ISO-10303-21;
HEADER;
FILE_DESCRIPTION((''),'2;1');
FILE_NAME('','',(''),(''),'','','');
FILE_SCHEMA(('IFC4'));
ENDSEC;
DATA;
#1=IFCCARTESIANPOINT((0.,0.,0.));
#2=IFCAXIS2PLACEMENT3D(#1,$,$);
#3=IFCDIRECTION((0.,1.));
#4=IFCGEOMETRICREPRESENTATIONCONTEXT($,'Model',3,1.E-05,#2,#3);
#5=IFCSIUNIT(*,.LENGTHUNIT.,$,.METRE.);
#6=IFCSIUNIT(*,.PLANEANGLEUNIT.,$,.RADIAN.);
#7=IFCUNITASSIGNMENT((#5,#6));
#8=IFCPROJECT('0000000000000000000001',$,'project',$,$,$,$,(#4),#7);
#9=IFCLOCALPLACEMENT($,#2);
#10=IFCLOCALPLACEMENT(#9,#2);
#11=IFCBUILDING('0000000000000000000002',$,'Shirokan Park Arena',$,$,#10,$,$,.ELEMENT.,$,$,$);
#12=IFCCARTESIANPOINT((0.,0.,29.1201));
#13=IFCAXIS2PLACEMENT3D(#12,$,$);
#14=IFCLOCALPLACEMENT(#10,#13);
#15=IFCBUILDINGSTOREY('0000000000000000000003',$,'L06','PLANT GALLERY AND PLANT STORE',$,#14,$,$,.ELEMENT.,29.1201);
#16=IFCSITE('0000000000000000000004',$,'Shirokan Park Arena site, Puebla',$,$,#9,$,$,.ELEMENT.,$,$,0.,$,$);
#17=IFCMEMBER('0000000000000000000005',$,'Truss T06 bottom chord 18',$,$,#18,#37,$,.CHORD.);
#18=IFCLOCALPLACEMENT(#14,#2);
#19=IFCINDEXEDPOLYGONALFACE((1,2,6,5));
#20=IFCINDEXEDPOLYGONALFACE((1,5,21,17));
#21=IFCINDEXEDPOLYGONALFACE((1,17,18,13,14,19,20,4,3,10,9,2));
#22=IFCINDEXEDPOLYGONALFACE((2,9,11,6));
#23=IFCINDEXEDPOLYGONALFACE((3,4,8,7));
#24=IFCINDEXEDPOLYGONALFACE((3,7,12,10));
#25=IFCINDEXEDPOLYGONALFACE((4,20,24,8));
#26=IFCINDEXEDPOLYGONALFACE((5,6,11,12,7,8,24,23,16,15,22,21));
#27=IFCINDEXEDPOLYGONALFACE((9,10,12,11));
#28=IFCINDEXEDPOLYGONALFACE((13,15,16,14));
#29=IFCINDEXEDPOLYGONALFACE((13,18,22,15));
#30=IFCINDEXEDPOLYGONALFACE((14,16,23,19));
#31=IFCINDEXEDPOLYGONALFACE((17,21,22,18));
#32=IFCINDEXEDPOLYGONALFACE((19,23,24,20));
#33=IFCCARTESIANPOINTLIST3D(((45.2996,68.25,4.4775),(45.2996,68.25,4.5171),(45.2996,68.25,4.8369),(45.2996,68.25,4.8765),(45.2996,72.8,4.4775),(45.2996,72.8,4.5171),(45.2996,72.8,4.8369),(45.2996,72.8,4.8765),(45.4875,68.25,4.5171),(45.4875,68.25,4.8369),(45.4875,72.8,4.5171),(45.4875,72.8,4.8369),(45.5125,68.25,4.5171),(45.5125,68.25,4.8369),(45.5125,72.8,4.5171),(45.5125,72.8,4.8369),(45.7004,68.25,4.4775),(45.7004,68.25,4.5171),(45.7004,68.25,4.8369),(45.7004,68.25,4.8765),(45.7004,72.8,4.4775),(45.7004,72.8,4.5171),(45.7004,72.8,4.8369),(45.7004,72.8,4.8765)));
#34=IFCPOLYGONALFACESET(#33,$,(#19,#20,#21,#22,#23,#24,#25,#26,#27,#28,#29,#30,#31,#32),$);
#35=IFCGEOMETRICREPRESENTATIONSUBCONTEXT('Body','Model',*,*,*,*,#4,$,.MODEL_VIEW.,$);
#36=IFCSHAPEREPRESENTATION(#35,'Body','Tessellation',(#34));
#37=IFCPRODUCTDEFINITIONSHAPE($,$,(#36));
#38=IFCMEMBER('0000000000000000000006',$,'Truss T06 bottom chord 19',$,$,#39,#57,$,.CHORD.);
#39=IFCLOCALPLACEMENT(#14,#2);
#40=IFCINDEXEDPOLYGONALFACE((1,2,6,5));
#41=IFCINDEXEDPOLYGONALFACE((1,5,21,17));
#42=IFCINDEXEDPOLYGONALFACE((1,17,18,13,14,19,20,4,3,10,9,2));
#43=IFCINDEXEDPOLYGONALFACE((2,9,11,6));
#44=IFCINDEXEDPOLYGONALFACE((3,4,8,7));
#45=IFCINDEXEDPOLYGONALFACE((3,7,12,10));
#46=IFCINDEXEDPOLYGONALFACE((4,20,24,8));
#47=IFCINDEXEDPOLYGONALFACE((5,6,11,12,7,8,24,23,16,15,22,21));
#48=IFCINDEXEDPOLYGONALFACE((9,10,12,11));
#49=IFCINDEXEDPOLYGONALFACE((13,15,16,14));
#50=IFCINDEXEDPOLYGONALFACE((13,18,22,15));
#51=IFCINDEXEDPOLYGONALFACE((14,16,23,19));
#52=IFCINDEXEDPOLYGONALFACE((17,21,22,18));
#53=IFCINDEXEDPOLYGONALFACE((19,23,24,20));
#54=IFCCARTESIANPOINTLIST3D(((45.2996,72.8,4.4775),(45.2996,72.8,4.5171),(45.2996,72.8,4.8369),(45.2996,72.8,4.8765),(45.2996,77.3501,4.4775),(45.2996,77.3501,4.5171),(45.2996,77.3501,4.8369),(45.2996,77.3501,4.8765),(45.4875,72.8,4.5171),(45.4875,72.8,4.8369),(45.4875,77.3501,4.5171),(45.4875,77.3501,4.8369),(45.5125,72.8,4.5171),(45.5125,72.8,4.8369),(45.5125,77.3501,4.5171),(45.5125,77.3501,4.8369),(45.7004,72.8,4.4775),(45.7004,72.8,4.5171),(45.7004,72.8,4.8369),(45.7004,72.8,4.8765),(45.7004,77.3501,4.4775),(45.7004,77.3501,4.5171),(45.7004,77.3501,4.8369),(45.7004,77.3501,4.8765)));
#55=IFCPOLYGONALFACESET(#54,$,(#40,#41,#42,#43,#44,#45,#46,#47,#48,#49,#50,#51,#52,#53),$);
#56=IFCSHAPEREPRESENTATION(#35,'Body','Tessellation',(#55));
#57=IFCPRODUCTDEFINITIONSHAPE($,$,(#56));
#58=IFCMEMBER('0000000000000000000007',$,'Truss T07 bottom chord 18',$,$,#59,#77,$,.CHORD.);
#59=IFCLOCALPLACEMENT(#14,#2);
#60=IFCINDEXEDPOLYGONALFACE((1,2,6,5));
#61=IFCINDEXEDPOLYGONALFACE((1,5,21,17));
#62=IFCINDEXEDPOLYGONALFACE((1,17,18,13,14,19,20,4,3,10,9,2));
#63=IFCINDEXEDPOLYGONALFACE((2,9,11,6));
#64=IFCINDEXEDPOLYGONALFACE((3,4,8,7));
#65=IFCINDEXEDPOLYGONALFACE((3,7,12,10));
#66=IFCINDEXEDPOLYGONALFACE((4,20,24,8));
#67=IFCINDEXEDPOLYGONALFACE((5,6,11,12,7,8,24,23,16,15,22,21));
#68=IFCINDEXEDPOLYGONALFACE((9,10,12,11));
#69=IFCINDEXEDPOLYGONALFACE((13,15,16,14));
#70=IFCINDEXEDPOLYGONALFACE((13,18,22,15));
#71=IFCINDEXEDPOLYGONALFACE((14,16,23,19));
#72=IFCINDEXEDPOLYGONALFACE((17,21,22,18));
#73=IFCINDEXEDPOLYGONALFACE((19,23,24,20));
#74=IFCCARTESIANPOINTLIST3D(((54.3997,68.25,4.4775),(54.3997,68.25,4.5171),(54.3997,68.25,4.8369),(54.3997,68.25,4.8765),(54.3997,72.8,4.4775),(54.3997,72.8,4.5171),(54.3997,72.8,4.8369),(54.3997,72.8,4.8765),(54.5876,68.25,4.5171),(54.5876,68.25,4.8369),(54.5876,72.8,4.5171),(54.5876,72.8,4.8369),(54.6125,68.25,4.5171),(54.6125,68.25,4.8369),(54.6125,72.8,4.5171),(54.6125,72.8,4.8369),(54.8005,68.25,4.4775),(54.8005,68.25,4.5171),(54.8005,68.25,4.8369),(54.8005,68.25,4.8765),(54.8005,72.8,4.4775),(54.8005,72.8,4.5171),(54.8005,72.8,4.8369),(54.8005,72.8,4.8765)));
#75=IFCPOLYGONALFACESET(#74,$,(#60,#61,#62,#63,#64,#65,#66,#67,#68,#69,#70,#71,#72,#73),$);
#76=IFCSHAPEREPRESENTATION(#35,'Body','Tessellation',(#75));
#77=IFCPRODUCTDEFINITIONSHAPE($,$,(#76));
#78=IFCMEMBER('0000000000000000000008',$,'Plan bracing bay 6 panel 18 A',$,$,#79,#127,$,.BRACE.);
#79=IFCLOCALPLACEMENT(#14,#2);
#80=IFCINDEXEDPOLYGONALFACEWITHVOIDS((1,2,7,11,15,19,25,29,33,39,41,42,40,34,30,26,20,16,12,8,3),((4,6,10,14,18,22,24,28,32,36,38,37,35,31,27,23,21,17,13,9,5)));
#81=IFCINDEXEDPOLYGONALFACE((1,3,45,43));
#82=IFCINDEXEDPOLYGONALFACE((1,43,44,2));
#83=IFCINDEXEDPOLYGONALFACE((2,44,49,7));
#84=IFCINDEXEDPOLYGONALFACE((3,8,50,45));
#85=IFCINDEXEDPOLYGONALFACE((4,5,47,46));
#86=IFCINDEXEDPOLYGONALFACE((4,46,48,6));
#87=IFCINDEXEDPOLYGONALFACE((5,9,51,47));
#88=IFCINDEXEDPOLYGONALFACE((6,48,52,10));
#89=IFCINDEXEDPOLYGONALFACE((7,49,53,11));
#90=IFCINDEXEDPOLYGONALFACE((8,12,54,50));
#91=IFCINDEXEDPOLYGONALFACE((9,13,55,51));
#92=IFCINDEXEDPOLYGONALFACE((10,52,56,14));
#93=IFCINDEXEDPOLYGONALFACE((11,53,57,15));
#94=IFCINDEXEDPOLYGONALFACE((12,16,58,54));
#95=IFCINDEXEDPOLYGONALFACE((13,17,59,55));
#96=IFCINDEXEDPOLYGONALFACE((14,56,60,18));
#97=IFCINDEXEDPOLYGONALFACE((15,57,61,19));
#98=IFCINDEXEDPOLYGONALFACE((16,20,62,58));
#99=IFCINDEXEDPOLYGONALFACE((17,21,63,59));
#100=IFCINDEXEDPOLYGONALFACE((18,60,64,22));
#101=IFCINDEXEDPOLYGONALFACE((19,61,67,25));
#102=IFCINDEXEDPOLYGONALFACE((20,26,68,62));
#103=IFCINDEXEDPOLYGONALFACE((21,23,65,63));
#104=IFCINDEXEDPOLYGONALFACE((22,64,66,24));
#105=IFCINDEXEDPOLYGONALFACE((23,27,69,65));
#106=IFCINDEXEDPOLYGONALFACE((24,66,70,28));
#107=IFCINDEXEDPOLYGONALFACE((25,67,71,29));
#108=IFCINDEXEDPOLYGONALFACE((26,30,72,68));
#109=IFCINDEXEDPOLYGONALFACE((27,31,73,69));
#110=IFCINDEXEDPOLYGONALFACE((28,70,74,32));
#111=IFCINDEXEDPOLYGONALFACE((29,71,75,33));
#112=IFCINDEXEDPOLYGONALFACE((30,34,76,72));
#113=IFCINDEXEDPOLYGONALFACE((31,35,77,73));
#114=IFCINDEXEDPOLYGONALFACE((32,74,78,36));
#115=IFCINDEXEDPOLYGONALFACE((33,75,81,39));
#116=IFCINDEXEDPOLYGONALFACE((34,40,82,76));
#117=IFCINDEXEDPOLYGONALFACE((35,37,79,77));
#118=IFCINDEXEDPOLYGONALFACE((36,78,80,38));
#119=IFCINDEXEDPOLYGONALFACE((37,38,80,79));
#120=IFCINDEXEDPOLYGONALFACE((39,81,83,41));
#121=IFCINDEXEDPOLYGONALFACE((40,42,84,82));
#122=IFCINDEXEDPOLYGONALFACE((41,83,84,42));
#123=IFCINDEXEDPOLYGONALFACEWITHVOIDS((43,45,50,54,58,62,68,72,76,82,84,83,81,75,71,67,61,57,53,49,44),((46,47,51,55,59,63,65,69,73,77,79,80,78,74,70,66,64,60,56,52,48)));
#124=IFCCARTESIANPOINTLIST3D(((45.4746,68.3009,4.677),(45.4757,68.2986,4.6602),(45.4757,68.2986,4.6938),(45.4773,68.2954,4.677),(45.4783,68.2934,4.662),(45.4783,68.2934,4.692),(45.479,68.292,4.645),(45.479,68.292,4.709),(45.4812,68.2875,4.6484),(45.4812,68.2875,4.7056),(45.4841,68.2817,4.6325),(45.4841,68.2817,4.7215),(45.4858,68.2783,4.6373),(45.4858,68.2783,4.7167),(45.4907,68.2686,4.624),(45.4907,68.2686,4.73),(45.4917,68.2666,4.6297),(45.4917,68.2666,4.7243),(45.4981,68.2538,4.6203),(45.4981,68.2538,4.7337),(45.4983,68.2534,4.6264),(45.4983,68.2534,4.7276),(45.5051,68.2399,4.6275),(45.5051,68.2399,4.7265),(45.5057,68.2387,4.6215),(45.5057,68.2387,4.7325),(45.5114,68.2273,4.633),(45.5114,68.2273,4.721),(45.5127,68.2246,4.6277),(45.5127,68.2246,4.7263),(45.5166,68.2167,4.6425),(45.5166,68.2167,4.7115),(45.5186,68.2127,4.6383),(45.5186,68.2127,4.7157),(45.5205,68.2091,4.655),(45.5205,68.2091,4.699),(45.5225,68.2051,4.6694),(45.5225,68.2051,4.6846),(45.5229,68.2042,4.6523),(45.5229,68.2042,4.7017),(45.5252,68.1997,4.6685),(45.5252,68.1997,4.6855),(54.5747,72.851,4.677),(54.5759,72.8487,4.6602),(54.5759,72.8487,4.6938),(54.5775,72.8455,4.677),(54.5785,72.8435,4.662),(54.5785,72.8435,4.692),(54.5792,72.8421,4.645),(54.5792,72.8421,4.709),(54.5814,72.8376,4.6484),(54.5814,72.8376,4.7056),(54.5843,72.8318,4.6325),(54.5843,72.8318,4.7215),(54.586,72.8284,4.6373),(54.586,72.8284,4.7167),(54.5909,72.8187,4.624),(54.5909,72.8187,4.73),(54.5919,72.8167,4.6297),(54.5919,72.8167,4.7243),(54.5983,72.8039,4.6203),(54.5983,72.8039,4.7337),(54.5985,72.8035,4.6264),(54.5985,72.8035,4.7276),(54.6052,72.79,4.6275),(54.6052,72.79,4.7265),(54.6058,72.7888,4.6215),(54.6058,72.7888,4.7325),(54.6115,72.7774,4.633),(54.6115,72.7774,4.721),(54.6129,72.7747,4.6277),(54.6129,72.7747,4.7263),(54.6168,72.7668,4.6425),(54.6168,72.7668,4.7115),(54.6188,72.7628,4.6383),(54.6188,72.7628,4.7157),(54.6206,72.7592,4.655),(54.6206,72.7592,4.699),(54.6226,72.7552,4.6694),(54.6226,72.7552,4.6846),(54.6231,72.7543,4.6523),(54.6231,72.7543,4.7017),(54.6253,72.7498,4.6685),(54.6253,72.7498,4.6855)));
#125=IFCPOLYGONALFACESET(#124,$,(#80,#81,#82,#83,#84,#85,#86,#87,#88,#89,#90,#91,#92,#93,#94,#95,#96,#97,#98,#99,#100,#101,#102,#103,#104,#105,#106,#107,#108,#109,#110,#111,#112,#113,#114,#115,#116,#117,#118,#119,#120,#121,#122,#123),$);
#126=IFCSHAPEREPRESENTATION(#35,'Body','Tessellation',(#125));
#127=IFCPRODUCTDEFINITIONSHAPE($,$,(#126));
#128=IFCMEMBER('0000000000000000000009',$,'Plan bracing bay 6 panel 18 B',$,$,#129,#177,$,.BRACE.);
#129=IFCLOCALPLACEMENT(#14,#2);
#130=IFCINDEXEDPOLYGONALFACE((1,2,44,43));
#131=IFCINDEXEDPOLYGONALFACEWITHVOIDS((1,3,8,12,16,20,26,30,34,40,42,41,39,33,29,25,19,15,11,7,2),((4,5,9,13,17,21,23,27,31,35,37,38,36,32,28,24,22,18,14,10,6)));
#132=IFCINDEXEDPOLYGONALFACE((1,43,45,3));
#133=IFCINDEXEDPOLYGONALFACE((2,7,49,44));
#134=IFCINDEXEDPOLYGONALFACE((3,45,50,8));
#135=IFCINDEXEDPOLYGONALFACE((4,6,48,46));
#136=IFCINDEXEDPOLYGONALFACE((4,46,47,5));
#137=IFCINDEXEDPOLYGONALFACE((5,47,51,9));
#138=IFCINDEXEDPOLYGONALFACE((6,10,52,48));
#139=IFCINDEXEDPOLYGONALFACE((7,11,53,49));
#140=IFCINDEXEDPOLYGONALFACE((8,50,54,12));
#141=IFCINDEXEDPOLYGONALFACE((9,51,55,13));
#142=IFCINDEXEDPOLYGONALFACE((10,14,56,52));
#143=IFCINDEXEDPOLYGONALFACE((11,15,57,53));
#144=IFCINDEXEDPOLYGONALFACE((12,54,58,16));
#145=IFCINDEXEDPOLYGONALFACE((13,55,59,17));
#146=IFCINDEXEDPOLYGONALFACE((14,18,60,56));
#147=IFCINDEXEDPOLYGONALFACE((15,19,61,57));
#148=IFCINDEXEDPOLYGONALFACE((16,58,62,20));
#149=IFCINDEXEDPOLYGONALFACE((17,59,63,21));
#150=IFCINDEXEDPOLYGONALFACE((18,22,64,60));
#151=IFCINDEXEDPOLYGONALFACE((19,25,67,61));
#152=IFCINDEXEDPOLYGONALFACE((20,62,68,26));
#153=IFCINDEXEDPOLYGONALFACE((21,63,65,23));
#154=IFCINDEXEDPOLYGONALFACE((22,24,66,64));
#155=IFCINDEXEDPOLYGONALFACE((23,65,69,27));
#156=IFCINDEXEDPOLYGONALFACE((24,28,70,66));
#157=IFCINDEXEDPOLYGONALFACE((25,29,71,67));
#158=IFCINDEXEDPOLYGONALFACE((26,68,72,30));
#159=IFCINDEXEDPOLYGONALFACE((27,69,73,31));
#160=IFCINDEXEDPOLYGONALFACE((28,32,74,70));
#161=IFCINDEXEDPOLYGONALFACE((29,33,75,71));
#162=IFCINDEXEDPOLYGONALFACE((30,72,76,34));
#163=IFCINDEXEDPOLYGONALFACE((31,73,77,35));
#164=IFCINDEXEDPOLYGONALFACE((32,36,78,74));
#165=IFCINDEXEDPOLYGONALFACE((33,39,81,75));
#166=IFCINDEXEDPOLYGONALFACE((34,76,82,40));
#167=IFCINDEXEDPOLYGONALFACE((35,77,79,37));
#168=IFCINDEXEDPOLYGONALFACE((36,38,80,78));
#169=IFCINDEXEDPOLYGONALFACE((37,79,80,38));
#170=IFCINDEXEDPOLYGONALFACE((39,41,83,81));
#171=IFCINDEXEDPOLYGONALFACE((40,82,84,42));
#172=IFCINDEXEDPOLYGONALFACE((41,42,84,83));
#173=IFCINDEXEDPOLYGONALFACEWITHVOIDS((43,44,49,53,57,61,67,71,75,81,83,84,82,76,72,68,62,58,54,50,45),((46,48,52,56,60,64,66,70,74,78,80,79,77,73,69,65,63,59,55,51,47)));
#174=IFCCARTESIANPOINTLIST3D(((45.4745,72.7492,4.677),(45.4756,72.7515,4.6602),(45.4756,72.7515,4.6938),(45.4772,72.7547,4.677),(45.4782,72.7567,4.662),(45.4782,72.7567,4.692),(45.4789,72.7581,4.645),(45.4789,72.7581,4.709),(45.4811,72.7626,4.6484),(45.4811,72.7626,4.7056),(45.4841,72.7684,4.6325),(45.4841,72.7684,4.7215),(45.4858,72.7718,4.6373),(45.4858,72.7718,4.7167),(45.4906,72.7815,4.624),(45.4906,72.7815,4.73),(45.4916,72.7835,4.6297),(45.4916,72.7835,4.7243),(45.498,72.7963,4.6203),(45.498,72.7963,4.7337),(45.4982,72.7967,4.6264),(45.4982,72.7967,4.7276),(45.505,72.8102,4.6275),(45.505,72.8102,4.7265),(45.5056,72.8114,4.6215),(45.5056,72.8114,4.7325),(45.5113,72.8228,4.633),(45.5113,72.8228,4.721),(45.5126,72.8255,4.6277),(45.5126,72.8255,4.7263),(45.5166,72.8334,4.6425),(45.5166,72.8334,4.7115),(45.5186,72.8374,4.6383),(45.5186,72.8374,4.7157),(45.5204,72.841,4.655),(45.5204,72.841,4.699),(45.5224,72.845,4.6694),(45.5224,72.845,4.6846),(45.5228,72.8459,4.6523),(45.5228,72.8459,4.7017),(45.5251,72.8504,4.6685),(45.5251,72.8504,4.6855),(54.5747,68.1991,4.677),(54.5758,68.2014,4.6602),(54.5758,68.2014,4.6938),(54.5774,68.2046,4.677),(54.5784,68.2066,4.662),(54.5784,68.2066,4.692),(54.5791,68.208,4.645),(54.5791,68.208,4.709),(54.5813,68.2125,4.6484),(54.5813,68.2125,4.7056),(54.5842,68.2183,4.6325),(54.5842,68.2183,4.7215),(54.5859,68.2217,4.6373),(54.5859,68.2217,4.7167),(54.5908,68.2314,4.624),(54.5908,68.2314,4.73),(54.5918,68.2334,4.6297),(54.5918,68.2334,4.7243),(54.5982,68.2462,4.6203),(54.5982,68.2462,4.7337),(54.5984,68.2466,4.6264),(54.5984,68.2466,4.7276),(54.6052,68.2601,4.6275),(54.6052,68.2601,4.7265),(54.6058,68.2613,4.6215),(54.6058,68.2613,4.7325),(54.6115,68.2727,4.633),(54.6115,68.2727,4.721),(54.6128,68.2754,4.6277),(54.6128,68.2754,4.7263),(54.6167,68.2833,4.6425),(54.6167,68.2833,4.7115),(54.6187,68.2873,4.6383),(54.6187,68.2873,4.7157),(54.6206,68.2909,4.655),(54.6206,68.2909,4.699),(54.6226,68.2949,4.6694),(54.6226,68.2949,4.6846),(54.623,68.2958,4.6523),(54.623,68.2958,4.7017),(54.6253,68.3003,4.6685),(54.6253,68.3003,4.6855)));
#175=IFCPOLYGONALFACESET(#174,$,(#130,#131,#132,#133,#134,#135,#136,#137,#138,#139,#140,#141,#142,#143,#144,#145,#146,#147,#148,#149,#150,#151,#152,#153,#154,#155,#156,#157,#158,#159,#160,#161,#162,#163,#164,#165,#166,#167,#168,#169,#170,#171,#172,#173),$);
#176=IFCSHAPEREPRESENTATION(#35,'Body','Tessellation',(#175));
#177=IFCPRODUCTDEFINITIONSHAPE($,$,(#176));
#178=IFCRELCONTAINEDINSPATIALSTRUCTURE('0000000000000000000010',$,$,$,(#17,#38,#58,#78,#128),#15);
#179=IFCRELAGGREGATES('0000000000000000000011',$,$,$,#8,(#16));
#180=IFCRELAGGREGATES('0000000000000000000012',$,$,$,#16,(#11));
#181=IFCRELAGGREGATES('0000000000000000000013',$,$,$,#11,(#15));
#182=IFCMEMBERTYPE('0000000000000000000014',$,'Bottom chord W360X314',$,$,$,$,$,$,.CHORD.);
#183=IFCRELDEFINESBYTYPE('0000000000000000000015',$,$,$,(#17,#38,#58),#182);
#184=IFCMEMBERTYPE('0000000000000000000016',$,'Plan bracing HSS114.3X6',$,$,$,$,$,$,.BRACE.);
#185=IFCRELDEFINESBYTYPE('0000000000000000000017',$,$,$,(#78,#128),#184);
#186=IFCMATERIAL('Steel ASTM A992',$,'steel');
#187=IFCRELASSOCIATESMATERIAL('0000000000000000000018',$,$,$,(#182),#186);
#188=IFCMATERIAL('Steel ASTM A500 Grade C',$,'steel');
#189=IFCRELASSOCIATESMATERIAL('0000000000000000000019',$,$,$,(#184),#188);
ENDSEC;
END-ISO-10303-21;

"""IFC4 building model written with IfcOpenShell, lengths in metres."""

from ifc_helpers import new_model, si_unit, direction, frame, origin, origin_2d, place, context, subcontext, project, spatial, hollow_circle, i_section, extrude, material, material_profile, profile_set, type_object, element, save


model = new_model("IFC4")

# Units and contexts
model_context = context("Model", 3, precision=1e-05, world=origin(), true_north=direction((0.0, 1.0)))
body_context = subcontext(model_context, "Body", "Model", "MODEL_VIEW")
ifc_project = project(units=[si_unit("LENGTHUNIT", "METRE"), si_unit("PLANEANGLEUNIT", "RADIAN")], contexts=[model_context])

# Site, building, storey
site_placement = place(None, origin())
site = spatial("IfcSite", under=ifc_project, at=site_placement, Name="Shirokan Park Arena site, Puebla", CompositionType="ELEMENT", RefElevation=0.0)
building_placement = place(site_placement, origin())
building = spatial("IfcBuilding", under=site, at=building_placement, Name="Shirokan Park Arena", CompositionType="ELEMENT")
storey_placement = place(building_placement, frame((0.0, 0.0, 29.1201)))
storey = spatial("IfcBuildingStorey", under=building, at=storey_placement, Name="L06", Description="PLANT GALLERY AND PLANT STORE", CompositionType="ELEMENT", Elevation=29.1201)

# Members
ifc_material_1 = material(Name="Steel ASTM A992", Category="steel")
ifc_material_profile_1 = material_profile(ifc_material_1, i_section(OverallWidth=0.4009, OverallDepth=0.3989, WebThickness=0.0249, FlangeThickness=0.0396, at=origin_2d()), Name="W360X314")
ifc_profile_set_1 = profile_set([ifc_material_profile_1], Name="Steel ASTM A992")
member_type_1 = type_object("IfcMemberType", Name="Bottom chord W360X314", PredefinedType="CHORD", material=ifc_profile_set_1)
for number, where, z_axis, x_axis, name in (
    (1, (45.5, 68.25, 4.677), (0.0, 1.0, 0.0), (-1.0, 0.0, 0.0), "Truss T06 bottom chord 18"),
    (2, (45.5, 72.8, 4.677), (0.0, 1.0, 0.0), (-1.0, 0.0, 0.0), "Truss T06 bottom chord 19"),
    (3, (54.6001, 68.25, 4.677), (0.0, 1.0, 0.0), (-1.0, 0.0, 0.0), "Truss T07 bottom chord 18"),
):
    element("IfcMember", number, at=place(storey_placement, frame(where, z_axis=z_axis, x_axis=x_axis)), inside=storey, type_object=member_type_1, Name=name, PredefinedType="CHORD", context=body_context, shape_type="SweptSolid", body=[
        extrude(i_section(OverallWidth=0.4009, OverallDepth=0.3989, WebThickness=0.0249, FlangeThickness=0.0396, at=origin_2d()), origin(), (0.0, 0.0, 1.0), 4.55),
    ])
ifc_material_2 = material(Name="Steel ASTM A500 Grade C", Category="steel")
ifc_material_profile_2 = material_profile(ifc_material_2, hollow_circle(Radius=0.0569, WallThickness=0.0061, at=origin_2d()), Name="HSS114.3X6")
ifc_profile_set_2 = profile_set([ifc_material_profile_2], Name="Steel ASTM A500 Grade C")
member_type_2 = type_object("IfcMemberType", Name="Plan bracing HSS114.3X6", PredefinedType="BRACE", material=ifc_profile_set_2)
for number, where, z_axis, x_axis, name in (
    (4, (45.5, 68.25, 4.677), (0.894427, 0.447214, 0.0), (-0.447214, 0.894427, 0.0), "Plan bracing bay 6 panel 18 A"),
    (5, (54.6001, 68.25, 4.677), (-0.894427, 0.447214, 0.0), (-0.447214, -0.894427, 0.0), "Plan bracing bay 6 panel 18 B"),
):
    element("IfcMember", number, at=place(storey_placement, frame(where, z_axis=z_axis, x_axis=x_axis)), inside=storey, type_object=member_type_2, Name=name, PredefinedType="BRACE", context=body_context, shape_type="SweptSolid", body=[
        extrude(hollow_circle(Radius=0.0569, WallThickness=0.0061, at=origin_2d()), origin(), (0.0, 0.0, 1.0), 10.1743),
    ])

save(model, "model.ifc")
